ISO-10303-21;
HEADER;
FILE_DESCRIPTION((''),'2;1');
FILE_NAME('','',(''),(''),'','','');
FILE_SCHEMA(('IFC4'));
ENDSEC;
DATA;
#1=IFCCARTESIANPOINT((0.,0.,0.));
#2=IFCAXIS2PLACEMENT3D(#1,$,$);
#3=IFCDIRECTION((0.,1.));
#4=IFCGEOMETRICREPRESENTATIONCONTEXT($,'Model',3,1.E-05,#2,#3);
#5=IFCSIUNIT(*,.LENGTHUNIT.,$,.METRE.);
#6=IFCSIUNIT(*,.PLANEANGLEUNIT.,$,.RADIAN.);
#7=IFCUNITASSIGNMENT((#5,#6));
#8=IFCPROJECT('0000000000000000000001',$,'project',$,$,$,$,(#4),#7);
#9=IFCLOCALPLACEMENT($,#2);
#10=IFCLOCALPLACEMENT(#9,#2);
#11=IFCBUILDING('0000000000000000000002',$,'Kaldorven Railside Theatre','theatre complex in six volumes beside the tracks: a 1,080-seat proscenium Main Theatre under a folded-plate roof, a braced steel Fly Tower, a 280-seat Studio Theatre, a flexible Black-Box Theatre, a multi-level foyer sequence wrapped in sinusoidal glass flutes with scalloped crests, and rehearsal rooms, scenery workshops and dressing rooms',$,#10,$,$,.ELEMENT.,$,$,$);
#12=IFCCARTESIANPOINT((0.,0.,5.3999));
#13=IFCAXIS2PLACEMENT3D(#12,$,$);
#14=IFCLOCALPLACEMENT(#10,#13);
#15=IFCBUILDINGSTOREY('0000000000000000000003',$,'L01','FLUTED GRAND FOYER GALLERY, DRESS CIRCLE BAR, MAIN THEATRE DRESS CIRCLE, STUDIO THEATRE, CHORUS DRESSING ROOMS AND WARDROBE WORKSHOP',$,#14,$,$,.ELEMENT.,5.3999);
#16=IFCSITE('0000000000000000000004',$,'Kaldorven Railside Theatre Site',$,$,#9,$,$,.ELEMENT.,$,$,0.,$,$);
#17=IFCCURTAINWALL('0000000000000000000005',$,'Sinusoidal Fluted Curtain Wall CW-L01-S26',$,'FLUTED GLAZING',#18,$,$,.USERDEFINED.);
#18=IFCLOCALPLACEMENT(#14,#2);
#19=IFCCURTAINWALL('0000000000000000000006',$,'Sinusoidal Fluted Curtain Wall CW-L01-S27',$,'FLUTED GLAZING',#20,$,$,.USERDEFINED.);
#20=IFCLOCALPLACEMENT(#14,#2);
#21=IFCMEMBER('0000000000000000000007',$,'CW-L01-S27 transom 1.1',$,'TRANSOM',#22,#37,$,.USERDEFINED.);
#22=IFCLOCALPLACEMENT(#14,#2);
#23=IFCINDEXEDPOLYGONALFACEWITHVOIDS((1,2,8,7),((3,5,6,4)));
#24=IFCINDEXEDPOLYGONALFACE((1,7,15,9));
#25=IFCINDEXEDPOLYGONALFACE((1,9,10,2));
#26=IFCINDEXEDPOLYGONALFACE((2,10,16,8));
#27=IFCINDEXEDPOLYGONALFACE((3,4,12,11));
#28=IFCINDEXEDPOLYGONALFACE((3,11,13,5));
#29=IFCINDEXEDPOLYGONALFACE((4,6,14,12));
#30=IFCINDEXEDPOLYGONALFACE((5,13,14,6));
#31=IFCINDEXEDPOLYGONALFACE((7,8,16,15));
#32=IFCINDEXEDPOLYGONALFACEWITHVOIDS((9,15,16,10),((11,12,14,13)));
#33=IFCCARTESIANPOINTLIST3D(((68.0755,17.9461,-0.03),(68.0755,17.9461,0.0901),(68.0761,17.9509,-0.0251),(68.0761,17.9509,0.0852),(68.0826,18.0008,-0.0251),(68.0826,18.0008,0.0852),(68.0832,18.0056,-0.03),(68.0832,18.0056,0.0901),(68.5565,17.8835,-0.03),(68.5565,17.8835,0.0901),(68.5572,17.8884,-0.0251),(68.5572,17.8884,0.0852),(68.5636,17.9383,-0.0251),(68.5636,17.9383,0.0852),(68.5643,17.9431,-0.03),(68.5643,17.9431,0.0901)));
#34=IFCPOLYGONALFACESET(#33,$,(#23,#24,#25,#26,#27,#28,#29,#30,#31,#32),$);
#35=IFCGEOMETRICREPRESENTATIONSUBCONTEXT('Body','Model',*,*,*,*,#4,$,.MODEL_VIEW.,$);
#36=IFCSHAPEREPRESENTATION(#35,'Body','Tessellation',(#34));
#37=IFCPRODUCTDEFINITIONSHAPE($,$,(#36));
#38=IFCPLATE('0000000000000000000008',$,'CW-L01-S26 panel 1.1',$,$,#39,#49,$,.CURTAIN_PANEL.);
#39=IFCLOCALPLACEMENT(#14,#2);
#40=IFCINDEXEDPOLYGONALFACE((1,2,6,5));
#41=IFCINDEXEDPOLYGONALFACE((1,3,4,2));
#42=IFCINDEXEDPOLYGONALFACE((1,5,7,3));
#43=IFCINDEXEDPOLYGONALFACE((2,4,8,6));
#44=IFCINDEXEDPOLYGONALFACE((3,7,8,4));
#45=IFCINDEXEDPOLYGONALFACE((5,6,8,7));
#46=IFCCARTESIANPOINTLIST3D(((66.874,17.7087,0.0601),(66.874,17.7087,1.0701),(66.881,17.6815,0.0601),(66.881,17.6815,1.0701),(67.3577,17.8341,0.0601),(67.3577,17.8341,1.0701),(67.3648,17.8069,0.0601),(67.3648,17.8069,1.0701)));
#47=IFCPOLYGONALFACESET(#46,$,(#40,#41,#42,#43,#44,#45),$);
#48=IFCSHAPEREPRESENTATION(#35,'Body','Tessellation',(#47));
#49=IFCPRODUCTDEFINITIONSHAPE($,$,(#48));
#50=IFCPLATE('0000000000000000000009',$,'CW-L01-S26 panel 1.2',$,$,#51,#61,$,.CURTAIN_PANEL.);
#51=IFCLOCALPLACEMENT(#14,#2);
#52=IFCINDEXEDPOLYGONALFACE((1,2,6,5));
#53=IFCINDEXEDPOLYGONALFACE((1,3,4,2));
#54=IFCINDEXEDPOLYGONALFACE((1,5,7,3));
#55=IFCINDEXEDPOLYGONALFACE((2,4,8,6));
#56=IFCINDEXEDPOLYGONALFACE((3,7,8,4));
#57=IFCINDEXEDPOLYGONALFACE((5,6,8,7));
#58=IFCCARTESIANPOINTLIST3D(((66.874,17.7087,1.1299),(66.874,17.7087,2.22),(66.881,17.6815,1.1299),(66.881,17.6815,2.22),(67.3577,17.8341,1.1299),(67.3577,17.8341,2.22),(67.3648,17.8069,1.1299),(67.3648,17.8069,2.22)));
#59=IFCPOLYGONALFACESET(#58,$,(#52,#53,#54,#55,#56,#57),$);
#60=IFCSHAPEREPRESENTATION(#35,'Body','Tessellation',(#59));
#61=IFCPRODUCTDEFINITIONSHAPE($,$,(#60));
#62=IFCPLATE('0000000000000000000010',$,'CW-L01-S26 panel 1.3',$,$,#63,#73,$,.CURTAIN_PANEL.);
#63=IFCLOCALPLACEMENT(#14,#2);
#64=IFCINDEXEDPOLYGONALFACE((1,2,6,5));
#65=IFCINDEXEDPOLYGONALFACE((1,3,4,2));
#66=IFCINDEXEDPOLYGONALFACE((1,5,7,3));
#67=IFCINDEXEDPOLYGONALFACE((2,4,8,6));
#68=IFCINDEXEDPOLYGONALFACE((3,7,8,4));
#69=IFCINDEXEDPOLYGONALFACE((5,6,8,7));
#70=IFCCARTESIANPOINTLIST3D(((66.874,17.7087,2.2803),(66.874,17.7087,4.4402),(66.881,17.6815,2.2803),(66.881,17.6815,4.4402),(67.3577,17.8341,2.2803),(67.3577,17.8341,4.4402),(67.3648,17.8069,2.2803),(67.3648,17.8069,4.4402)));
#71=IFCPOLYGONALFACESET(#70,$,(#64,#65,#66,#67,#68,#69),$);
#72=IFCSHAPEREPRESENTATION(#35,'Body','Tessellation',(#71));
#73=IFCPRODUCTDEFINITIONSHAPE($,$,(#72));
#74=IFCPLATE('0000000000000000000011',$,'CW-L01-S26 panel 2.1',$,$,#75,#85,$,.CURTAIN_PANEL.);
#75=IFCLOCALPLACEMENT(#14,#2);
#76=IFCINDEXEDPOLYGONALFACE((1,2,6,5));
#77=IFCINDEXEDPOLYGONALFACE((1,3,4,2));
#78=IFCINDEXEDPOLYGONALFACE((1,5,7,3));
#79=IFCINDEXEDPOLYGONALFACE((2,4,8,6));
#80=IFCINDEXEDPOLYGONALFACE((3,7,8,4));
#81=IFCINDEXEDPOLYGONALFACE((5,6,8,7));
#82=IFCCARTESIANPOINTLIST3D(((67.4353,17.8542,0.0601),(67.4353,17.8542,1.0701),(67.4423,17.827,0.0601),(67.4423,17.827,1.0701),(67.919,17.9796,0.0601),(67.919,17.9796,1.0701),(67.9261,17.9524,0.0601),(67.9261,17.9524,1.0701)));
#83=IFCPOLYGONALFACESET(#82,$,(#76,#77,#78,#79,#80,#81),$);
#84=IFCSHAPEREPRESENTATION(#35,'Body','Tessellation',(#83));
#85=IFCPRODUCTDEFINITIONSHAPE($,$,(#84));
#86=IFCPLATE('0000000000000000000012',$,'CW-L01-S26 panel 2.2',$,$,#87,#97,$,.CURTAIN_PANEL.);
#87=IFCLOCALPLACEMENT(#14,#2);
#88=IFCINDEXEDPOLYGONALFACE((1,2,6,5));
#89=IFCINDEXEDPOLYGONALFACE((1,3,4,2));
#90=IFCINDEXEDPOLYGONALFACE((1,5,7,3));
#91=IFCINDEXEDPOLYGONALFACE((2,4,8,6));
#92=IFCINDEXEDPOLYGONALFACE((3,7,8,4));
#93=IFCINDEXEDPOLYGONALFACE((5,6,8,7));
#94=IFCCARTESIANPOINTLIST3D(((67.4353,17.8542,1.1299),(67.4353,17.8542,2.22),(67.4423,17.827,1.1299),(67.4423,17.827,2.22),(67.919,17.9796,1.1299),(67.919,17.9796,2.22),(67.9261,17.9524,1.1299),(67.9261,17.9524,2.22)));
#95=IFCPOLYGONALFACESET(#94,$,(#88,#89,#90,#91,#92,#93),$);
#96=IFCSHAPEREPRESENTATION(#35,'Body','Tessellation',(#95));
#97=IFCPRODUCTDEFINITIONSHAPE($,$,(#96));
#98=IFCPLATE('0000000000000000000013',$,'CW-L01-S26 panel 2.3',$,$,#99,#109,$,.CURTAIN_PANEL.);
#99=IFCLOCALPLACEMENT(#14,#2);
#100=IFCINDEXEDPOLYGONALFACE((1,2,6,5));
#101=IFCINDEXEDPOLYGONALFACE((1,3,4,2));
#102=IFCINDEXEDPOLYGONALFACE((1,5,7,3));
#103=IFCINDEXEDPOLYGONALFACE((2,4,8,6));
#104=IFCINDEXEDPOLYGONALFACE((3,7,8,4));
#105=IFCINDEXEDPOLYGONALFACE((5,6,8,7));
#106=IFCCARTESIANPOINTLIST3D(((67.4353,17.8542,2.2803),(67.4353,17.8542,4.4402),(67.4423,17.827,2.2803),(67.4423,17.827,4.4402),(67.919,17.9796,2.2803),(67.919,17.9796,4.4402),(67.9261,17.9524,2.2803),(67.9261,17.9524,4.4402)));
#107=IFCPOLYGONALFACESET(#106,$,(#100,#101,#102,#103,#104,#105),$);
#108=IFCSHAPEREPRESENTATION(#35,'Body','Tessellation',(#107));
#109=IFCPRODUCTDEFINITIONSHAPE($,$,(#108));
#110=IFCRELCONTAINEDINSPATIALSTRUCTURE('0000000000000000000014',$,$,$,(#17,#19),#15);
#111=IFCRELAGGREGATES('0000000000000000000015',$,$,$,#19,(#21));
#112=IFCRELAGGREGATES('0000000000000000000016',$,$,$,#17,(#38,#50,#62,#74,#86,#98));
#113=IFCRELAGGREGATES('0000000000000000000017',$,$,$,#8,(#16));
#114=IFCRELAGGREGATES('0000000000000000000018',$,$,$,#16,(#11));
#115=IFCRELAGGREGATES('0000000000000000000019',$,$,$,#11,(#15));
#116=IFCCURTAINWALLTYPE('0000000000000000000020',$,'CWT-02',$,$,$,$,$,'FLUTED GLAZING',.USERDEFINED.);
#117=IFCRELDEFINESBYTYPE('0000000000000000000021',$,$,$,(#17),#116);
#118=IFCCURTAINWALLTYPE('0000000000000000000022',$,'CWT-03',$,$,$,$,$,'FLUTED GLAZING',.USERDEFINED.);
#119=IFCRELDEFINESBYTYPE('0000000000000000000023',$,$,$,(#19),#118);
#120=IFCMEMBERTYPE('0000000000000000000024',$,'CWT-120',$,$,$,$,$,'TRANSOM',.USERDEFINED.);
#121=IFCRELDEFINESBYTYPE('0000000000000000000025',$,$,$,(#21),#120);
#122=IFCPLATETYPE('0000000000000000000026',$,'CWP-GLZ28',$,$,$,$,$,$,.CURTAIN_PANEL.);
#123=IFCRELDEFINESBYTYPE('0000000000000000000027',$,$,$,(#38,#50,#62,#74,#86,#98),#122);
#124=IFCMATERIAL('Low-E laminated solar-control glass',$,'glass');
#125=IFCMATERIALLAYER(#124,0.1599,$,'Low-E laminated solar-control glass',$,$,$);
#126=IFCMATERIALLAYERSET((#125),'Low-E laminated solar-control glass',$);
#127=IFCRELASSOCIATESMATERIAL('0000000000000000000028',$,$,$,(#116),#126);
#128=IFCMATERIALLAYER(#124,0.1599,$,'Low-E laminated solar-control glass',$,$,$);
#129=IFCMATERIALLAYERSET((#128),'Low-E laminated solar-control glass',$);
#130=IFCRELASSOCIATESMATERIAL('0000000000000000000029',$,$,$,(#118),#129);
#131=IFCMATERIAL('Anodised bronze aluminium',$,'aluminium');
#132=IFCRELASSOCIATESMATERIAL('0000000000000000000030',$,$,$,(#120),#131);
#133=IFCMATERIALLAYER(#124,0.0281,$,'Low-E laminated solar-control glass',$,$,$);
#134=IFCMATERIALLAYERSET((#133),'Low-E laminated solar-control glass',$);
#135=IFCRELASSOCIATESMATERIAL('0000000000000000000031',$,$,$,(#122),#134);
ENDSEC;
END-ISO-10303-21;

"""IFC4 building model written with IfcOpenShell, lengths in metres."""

from ifc_helpers import new_model, si_unit, direction, frame, origin, origin_2d, place, context, subcontext, project, spatial, rectangle, hollow_rectangle, extrude, material, layer, layer_set, material_profile, profile_set, type_object, element, aggregate, save


model = new_model("IFC4")

# Units and contexts
model_context = context("Model", 3, precision=1e-05, world=origin(), true_north=direction((0.0, 1.0)))
body_context = subcontext(model_context, "Body", "Model", "MODEL_VIEW")
ifc_project = project(units=[si_unit("LENGTHUNIT", "METRE"), si_unit("PLANEANGLEUNIT", "RADIAN")], contexts=[model_context])

# Site, building, storey
site_placement = place(None, origin())
site = spatial("IfcSite", under=ifc_project, at=site_placement, Name="Kaldorven Railside Theatre Site", CompositionType="ELEMENT", RefElevation=0.0)
building_placement = place(site_placement, origin())
building = spatial("IfcBuilding", under=site, at=building_placement, Name="Kaldorven Railside Theatre", Description="theatre complex in six volumes beside the tracks: a 1,080-seat proscenium Main Theatre under a folded-plate roof, a braced steel Fly Tower, a 280-seat Studio Theatre, a flexible Black-Box Theatre, a multi-level foyer sequence wrapped in sinusoidal glass flutes with scalloped crests, and rehearsal rooms, scenery workshops and dressing rooms", CompositionType="ELEMENT")
storey_placement = place(building_placement, frame((0.0, 0.0, 5.3999)))
storey = spatial("IfcBuildingStorey", under=building, at=storey_placement, Name="L01", Description="FLUTED GRAND FOYER GALLERY, DRESS CIRCLE BAR, MAIN THEATRE DRESS CIRCLE, STUDIO THEATRE, CHORUS DRESSING ROOMS AND WARDROBE WORKSHOP", CompositionType="ELEMENT", Elevation=5.3999)

# Shared definitions
ifc_material_1 = material(Name="Low-E laminated solar-control glass", Category="glass")
ifc_material_2 = material(Name="Anodised bronze aluminium", Category="aluminium")

# Curtain wall
ifc_layer_1 = layer(ifc_material_1, 0.1599, Name="Low-E laminated solar-control glass")
ifc_layer_set_1 = layer_set([ifc_layer_1], Name="Low-E laminated solar-control glass")
curtain_wall_type_1 = type_object("IfcCurtainWallType", Name="CWT-02", ElementType="FLUTED GLAZING", PredefinedType="USERDEFINED", material=ifc_layer_set_1)
curtain_wall_1_placement = place(storey_placement, origin())
curtain_wall_1 = element("IfcCurtainWall", 1, at=curtain_wall_1_placement, inside=storey, type_object=curtain_wall_type_1, Name="Sinusoidal Fluted Curtain Wall CW-L01-S26", ObjectType="FLUTED GLAZING", PredefinedType="USERDEFINED")

# Curtain wall
ifc_layer_2 = layer(ifc_material_1, 0.1599, Name="Low-E laminated solar-control glass")
ifc_layer_set_2 = layer_set([ifc_layer_2], Name="Low-E laminated solar-control glass")
curtain_wall_type_2 = type_object("IfcCurtainWallType", Name="CWT-03", ElementType="FLUTED GLAZING", PredefinedType="USERDEFINED", material=ifc_layer_set_2)
curtain_wall_2_placement = place(storey_placement, origin())
curtain_wall_2 = element("IfcCurtainWall", 2, at=curtain_wall_2_placement, inside=storey, type_object=curtain_wall_type_2, Name="Sinusoidal Fluted Curtain Wall CW-L01-S27", ObjectType="FLUTED GLAZING", PredefinedType="USERDEFINED")

# Member
ifc_material_profile_1 = material_profile(ifc_material_2, hollow_rectangle(XDim=0.0601, YDim=0.1201, WallThickness=0.0049, at=origin_2d()), Name="RHS 120x60x5")
ifc_profile_set_1 = profile_set([ifc_material_profile_1], Name="Anodised bronze aluminium")
member_type_1 = type_object("IfcMemberType", Name="CWT-120", ElementType="TRANSOM", PredefinedType="USERDEFINED", material=ifc_profile_set_1)
member_1_placement = place(storey_placement, frame((68.0793, 17.9758, 0.03), z_axis=(0.991662, -0.128866, 0.0), x_axis=(0.128866, 0.991662, 0.0)))
member_1 = element("IfcMember", 3, at=member_1_placement, type_object=member_type_1, Name="CW-L01-S27 transom 1.1", ObjectType="TRANSOM", PredefinedType="USERDEFINED", context=body_context, shape_type="SweptSolid", body=[
    extrude(hollow_rectangle(XDim=0.0601, YDim=0.1201, WallThickness=0.0049, at=origin_2d()), origin(), (0.0, 0.0, 1.0), 0.4851),
])
aggregate(curtain_wall_2, [member_1])

# Plates
ifc_layer_3 = layer(ifc_material_1, 0.0281, Name="Low-E laminated solar-control glass")
ifc_layer_set_3 = layer_set([ifc_layer_3], Name="Low-E laminated solar-control glass")
plate_type = type_object("IfcPlateType", Name="CWP-GLZ28", PredefinedType="CURTAIN_PANEL", material=ifc_layer_set_3)
plate_1_placement = place(storey_placement, frame((67.1194, 17.7578, 0.0601), z_axis=(0.0, 0.0, 1.0), x_axis=(0.967999, 0.250954, 0.0)))
plate_1 = element("IfcPlate", 4, at=plate_1_placement, type_object=plate_type, Name="CW-L01-S26 panel 1.1", PredefinedType="CURTAIN_PANEL", context=body_context, shape_type="SweptSolid", body=[
    extrude(rectangle(XDim=0.4998, YDim=0.0281, at=origin_2d()), origin(), (0.0, 0.0, 1.0), 1.01),
])
plate_2_placement = place(storey_placement, frame((67.1194, 17.7578, 1.1299), z_axis=(0.0, 0.0, 1.0), x_axis=(0.967999, 0.250954, 0.0)))
plate_2 = element("IfcPlate", 5, at=plate_2_placement, type_object=plate_type, Name="CW-L01-S26 panel 1.2", PredefinedType="CURTAIN_PANEL", context=body_context, shape_type="SweptSolid", body=[
    extrude(rectangle(XDim=0.4998, YDim=0.0281, at=origin_2d()), origin(), (0.0, 0.0, 1.0), 1.0901),
])
plate_3_placement = place(storey_placement, frame((67.1194, 17.7578, 2.2803), z_axis=(0.0, 0.0, 1.0), x_axis=(0.967999, 0.250954, 0.0)))
plate_3 = element("IfcPlate", 6, at=plate_3_placement, type_object=plate_type, Name="CW-L01-S26 panel 1.3", PredefinedType="CURTAIN_PANEL", context=body_context, shape_type="SweptSolid", body=[
    extrude(rectangle(XDim=0.4998, YDim=0.0281, at=origin_2d()), origin(), (0.0, 0.0, 1.0), 2.1599),
])
plate_4_placement = place(storey_placement, frame((67.6807, 17.9033, 0.0601), z_axis=(0.0, 0.0, 1.0), x_axis=(0.967999, 0.250954, 0.0)))
plate_4 = element("IfcPlate", 7, at=plate_4_placement, type_object=plate_type, Name="CW-L01-S26 panel 2.1", PredefinedType="CURTAIN_PANEL", context=body_context, shape_type="SweptSolid", body=[
    extrude(rectangle(XDim=0.4998, YDim=0.0281, at=origin_2d()), origin(), (0.0, 0.0, 1.0), 1.01),
])
plate_5_placement = place(storey_placement, frame((67.6807, 17.9033, 1.1299), z_axis=(0.0, 0.0, 1.0), x_axis=(0.967999, 0.250954, 0.0)))
plate_5 = element("IfcPlate", 8, at=plate_5_placement, type_object=plate_type, Name="CW-L01-S26 panel 2.2", PredefinedType="CURTAIN_PANEL", context=body_context, shape_type="SweptSolid", body=[
    extrude(rectangle(XDim=0.4998, YDim=0.0281, at=origin_2d()), origin(), (0.0, 0.0, 1.0), 1.0901),
])
plate_6_placement = place(storey_placement, frame((67.6807, 17.9033, 2.2803), z_axis=(0.0, 0.0, 1.0), x_axis=(0.967999, 0.250954, 0.0)))
plate_6 = element("IfcPlate", 9, at=plate_6_placement, type_object=plate_type, Name="CW-L01-S26 panel 2.3", PredefinedType="CURTAIN_PANEL", context=body_context, shape_type="SweptSolid", body=[
    extrude(rectangle(XDim=0.4998, YDim=0.0281, at=origin_2d()), origin(), (0.0, 0.0, 1.0), 2.1599),
])
aggregate(curtain_wall_1, [plate_1, plate_2, plate_3, plate_4, plate_5, plate_6])

save(model, "model.ifc")
